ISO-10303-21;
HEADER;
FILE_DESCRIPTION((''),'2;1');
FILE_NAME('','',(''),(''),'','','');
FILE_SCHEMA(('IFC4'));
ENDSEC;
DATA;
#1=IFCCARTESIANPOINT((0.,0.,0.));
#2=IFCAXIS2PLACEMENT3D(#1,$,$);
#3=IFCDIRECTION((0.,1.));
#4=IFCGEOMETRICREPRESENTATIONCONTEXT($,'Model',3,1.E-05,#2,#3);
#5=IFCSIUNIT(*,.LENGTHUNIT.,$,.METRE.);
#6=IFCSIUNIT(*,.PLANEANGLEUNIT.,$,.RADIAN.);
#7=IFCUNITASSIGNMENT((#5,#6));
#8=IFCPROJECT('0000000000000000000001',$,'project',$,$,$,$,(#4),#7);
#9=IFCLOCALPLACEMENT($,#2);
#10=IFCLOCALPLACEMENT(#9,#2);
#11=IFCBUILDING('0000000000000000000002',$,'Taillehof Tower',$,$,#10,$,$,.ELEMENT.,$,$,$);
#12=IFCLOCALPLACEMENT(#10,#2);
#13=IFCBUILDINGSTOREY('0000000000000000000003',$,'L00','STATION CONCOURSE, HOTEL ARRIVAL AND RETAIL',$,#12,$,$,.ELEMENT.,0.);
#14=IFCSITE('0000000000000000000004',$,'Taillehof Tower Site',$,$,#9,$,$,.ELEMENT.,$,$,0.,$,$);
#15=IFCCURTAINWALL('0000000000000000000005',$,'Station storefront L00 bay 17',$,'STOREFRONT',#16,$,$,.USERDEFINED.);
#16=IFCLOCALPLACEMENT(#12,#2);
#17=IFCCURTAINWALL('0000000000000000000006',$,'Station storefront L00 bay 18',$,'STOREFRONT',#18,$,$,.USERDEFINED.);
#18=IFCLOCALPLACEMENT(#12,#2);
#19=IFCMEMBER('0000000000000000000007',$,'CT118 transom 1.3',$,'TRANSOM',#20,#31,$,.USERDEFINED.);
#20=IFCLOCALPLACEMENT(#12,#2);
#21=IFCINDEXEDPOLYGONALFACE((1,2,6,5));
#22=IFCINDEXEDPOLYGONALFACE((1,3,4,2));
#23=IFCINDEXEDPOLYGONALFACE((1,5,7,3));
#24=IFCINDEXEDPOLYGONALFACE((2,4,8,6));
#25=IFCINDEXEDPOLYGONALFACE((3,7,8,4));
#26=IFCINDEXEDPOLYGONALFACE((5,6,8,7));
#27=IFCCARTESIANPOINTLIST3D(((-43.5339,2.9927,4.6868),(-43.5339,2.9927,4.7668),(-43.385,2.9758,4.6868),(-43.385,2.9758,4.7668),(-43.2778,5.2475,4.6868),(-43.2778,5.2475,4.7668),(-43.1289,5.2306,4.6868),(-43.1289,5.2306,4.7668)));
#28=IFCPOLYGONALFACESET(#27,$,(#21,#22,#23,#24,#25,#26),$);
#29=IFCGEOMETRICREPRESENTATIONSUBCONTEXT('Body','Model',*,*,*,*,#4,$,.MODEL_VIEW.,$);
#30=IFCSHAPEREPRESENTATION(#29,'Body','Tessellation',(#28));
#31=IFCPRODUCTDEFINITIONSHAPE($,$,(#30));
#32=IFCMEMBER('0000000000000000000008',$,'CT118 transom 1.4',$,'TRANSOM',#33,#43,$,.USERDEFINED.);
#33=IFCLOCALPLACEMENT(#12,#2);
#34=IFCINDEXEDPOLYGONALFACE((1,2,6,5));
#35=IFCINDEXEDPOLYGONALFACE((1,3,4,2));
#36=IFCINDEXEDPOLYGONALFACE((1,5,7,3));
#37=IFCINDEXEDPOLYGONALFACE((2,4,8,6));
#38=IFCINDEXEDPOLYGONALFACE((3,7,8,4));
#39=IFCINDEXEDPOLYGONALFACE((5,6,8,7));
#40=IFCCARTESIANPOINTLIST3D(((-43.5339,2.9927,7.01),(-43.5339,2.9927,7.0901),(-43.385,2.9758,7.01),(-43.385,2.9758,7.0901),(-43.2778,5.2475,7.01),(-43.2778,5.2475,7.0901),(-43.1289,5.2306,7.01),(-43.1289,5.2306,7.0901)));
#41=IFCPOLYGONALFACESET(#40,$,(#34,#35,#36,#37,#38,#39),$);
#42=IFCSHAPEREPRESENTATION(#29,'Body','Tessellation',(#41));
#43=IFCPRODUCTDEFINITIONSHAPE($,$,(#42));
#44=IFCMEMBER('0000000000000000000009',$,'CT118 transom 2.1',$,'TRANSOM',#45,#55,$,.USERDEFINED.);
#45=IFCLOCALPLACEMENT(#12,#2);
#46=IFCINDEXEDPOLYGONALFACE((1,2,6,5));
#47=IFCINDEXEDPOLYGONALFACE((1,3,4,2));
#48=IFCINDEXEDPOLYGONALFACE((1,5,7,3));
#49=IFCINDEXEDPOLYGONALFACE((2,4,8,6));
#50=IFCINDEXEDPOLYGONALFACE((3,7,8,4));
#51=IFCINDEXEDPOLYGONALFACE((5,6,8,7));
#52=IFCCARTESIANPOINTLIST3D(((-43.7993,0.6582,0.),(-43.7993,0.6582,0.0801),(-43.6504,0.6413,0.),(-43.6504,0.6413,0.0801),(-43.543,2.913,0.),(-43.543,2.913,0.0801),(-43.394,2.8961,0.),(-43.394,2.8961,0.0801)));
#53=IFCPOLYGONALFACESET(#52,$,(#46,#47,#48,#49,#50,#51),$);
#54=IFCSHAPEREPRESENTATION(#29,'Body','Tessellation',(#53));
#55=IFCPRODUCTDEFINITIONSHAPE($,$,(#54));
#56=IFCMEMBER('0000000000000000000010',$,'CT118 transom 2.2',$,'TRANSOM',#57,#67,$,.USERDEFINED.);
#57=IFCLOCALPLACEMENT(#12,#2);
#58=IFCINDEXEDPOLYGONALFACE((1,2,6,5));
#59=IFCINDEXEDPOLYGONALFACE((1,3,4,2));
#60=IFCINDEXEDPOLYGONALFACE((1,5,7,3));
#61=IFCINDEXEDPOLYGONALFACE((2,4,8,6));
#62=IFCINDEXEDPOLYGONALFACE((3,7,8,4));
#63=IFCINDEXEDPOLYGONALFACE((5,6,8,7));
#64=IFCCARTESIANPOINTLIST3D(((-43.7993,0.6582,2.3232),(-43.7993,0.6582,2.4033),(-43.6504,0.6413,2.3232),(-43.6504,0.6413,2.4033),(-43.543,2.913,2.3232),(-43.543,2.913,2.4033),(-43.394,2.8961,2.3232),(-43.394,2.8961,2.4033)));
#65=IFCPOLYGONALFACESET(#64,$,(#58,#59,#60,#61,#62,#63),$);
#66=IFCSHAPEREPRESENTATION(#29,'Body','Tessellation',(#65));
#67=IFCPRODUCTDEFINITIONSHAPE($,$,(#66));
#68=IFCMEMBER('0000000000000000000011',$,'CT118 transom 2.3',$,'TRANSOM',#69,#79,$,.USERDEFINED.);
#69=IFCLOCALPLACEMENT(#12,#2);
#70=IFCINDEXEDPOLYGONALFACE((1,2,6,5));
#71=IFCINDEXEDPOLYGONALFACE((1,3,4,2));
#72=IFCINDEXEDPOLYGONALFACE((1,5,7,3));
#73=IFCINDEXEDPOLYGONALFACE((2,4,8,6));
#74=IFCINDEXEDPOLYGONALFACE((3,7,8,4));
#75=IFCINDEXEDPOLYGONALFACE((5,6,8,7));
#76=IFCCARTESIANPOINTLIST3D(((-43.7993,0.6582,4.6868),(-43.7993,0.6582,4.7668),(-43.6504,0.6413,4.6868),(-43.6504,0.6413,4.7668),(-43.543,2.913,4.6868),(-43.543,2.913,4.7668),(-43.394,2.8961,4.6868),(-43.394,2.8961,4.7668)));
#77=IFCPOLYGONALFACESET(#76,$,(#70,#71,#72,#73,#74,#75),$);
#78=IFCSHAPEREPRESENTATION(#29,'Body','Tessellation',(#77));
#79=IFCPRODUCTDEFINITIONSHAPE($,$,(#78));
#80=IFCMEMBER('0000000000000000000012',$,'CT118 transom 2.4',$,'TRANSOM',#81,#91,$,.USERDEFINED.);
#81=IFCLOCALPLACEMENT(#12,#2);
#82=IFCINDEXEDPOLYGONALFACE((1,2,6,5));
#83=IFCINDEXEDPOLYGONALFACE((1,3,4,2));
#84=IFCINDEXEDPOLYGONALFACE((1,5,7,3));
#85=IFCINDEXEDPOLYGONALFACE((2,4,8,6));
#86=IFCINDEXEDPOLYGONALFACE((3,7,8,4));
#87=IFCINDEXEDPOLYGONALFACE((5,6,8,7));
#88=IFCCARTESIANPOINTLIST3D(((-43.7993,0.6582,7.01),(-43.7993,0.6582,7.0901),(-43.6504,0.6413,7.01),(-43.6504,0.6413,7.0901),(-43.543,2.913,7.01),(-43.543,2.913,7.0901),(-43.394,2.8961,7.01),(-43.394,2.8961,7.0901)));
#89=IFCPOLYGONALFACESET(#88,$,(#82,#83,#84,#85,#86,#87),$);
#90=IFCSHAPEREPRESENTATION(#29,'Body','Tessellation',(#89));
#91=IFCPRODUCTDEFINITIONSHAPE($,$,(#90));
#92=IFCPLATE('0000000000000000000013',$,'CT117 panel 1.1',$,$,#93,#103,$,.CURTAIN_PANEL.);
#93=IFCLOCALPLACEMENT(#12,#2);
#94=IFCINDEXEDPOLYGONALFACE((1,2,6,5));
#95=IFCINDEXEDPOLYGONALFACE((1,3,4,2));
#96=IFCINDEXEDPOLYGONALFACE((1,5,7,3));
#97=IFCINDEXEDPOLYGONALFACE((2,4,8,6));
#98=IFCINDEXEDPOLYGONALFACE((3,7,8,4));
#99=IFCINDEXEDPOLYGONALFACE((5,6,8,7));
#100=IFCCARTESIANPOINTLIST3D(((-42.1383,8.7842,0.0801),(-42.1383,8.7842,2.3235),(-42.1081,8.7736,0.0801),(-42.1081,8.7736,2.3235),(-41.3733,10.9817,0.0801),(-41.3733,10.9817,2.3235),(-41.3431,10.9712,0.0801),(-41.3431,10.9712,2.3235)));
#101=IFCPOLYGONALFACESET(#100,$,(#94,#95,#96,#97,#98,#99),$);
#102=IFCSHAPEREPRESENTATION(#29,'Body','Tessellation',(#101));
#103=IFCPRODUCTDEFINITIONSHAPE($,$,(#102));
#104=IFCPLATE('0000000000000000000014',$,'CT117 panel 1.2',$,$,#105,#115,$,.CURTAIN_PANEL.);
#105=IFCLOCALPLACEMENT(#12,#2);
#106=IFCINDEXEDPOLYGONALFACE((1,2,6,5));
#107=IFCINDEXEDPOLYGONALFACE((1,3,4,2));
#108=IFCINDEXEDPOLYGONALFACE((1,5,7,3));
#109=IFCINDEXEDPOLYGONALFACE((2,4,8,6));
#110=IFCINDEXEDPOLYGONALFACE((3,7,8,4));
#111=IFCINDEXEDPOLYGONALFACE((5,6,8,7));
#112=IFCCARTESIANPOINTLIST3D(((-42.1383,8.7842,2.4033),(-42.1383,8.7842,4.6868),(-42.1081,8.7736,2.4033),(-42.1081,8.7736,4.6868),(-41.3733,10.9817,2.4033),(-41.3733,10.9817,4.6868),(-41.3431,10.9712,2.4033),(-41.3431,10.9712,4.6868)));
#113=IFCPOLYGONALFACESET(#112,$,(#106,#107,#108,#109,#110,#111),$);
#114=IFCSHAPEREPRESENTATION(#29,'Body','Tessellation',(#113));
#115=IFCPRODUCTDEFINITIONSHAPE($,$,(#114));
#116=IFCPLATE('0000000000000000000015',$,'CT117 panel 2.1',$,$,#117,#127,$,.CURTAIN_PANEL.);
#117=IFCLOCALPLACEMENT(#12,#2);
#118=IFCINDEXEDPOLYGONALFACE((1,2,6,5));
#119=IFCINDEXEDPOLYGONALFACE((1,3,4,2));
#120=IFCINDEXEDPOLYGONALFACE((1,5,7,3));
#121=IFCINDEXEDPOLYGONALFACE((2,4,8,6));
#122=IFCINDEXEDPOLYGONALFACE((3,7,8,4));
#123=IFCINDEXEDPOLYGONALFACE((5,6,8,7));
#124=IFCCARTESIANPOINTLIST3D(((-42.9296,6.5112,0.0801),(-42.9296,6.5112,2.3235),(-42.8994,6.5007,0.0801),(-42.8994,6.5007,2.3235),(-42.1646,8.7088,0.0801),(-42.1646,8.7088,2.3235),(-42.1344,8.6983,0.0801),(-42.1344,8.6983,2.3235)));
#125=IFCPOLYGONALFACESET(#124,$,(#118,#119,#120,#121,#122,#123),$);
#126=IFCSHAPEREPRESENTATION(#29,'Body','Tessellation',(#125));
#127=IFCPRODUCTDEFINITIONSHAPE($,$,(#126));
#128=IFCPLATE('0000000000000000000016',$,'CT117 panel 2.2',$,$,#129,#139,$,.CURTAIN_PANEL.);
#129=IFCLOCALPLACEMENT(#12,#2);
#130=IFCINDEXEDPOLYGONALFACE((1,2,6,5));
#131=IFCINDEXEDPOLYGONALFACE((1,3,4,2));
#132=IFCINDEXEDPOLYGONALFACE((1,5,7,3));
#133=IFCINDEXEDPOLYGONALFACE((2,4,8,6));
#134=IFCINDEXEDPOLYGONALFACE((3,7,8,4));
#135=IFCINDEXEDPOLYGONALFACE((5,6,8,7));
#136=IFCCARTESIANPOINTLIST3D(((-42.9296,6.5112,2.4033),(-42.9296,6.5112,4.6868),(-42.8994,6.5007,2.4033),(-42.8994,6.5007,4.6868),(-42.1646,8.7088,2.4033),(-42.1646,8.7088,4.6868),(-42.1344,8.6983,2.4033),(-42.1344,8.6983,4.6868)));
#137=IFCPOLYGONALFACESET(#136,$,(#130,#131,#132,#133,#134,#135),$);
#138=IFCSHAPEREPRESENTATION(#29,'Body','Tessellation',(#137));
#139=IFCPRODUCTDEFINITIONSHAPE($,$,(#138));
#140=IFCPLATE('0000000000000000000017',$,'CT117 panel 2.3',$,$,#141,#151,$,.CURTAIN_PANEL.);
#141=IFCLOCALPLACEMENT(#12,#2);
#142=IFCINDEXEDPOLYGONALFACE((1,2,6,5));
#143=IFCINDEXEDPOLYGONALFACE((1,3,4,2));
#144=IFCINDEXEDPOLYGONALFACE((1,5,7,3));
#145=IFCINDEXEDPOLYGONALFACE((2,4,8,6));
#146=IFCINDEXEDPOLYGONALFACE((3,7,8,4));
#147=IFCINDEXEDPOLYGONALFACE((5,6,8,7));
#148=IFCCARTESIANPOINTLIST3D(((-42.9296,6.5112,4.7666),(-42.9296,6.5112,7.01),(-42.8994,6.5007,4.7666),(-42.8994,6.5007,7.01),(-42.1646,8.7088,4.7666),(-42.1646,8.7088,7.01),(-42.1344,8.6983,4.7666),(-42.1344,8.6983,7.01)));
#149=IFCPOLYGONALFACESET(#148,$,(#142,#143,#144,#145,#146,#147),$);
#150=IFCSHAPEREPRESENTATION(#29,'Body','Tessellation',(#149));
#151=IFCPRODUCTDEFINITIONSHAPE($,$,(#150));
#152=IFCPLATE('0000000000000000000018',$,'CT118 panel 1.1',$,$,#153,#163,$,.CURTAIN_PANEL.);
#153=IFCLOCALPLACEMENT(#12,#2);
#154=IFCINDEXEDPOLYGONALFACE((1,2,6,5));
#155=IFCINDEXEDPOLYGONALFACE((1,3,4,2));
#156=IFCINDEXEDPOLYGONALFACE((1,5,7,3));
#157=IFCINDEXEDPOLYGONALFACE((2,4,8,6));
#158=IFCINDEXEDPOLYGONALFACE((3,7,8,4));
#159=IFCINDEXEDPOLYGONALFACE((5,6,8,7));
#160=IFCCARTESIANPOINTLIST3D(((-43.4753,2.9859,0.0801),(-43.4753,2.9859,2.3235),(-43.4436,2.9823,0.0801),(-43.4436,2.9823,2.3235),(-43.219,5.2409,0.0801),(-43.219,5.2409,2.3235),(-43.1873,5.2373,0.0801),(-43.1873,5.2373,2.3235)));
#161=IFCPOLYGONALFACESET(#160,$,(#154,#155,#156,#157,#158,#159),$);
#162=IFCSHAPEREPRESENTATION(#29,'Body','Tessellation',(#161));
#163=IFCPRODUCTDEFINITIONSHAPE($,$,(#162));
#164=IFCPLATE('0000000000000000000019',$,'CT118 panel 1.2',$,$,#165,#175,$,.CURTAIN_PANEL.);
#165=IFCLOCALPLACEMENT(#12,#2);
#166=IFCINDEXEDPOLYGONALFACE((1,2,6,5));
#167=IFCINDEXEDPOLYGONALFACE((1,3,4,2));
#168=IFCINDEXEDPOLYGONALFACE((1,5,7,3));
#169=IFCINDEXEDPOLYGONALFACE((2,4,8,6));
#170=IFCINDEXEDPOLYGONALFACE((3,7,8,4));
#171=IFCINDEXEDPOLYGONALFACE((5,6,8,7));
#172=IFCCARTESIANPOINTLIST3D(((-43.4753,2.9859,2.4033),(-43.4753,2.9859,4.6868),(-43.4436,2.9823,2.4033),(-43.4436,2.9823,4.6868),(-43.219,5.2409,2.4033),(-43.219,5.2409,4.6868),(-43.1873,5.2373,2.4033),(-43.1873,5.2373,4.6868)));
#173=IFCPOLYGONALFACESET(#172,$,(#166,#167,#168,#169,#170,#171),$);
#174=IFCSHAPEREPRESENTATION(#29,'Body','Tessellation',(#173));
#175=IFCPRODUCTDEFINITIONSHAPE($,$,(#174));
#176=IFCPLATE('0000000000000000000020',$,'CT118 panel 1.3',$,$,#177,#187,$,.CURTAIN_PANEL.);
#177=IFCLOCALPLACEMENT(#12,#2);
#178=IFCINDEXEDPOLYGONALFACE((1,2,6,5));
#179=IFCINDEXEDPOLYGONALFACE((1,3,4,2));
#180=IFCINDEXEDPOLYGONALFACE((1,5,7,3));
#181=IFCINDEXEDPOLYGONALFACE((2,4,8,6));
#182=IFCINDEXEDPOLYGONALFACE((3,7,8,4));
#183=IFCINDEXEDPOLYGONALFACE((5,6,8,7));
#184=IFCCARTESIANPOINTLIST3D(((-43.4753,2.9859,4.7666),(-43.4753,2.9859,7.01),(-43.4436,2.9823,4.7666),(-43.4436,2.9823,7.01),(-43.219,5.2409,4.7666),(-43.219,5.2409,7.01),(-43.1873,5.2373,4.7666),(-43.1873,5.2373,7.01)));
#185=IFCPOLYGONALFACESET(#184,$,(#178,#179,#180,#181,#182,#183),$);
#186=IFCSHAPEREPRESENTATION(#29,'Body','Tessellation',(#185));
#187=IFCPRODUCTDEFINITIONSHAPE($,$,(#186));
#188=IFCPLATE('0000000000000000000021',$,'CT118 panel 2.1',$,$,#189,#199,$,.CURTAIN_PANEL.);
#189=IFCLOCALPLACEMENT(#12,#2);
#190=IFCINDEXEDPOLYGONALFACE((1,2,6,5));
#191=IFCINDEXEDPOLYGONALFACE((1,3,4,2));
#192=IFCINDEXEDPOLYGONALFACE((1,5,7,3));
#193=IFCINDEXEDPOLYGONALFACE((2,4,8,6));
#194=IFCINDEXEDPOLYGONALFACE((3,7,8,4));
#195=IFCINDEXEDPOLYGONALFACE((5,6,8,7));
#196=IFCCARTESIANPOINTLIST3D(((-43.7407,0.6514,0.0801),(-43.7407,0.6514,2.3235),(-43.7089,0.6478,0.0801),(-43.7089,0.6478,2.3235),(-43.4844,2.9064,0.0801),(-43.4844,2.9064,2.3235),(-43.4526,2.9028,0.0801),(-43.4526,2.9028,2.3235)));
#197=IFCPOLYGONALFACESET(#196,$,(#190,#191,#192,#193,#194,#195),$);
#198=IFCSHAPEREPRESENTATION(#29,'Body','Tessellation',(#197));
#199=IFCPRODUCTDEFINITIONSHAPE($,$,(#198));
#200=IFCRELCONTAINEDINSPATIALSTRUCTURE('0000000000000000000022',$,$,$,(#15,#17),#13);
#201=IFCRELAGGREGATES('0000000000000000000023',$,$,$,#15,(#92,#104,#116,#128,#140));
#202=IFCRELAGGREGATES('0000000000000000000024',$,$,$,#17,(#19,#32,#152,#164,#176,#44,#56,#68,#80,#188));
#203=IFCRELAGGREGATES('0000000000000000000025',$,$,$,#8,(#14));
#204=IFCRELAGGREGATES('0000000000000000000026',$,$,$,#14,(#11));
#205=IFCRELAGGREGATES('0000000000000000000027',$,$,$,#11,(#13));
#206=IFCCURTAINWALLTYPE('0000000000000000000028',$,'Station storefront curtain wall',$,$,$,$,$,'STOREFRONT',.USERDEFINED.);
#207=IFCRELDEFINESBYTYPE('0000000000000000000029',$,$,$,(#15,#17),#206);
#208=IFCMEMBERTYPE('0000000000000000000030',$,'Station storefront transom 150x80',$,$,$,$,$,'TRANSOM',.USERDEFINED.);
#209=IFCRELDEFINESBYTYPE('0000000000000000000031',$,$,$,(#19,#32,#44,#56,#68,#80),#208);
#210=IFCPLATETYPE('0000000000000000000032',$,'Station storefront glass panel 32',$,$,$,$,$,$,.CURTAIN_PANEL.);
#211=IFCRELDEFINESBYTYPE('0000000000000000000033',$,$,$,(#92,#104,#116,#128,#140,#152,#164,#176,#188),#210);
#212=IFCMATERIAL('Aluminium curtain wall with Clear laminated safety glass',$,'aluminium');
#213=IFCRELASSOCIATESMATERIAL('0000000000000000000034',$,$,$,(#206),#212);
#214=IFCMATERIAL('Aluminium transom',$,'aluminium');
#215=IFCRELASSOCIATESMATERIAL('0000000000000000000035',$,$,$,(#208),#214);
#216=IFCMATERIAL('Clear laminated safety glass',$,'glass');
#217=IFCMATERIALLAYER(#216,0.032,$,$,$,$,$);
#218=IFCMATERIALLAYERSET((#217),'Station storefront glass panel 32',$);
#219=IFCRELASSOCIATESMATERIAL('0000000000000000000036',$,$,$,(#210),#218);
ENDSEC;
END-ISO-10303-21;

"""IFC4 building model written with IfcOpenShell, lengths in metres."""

from ifc_helpers import new_model, si_unit, direction, frame, origin, origin_2d, place, context, subcontext, project, spatial, rectangle, extrude, material, layer, layer_set, material_profile, profile_set, type_object, element, aggregate, save


model = new_model("IFC4")

# Units and contexts
model_context = context("Model", 3, precision=1e-05, world=origin(), true_north=direction((0.0, 1.0)))
body_context = subcontext(model_context, "Body", "Model", "MODEL_VIEW")
ifc_project = project(units=[si_unit("LENGTHUNIT", "METRE"), si_unit("PLANEANGLEUNIT", "RADIAN")], contexts=[model_context])

# Site, building, storey
site_placement = place(None, origin())
site = spatial("IfcSite", under=ifc_project, at=site_placement, Name="Taillehof Tower Site", CompositionType="ELEMENT", RefElevation=0.0)
building_placement = place(site_placement, origin())
building = spatial("IfcBuilding", under=site, at=building_placement, Name="Taillehof Tower", CompositionType="ELEMENT")
storey_placement = place(building_placement, origin())
storey = spatial("IfcBuildingStorey", under=building, at=storey_placement, Name="L00", Description="STATION CONCOURSE, HOTEL ARRIVAL AND RETAIL", CompositionType="ELEMENT", Elevation=0.0)

# Curtain walls
ifc_material_1 = material(Name="Aluminium curtain wall with Clear laminated safety glass", Category="aluminium")
curtain_wall_type = type_object("IfcCurtainWallType", Name="Station storefront curtain wall", ElementType="STOREFRONT", PredefinedType="USERDEFINED", material=ifc_material_1)
curtain_wall_1_placement = place(storey_placement, origin())
curtain_wall_1 = element("IfcCurtainWall", 1, at=curtain_wall_1_placement, inside=storey, type_object=curtain_wall_type, Name="Station storefront L00 bay 17", ObjectType="STOREFRONT", PredefinedType="USERDEFINED")
curtain_wall_2_placement = place(storey_placement, origin())
curtain_wall_2 = element("IfcCurtainWall", 2, at=curtain_wall_2_placement, inside=storey, type_object=curtain_wall_type, Name="Station storefront L00 bay 18", ObjectType="STOREFRONT", PredefinedType="USERDEFINED")

# Members
ifc_material_2 = material(Name="Aluminium transom", Category="aluminium")
ifc_material_profile_1 = material_profile(ifc_material_2, rectangle(XDim=0.1499, YDim=0.0801, at=origin_2d()), Name="AL 150x80")
ifc_profile_set_1 = profile_set([ifc_material_profile_1], Name="Aluminium transom")
member_type_1 = type_object("IfcMemberType", Name="Station storefront transom 150x80", ElementType="TRANSOM", PredefinedType="USERDEFINED", material=ifc_profile_set_1)
member_1_placement = place(storey_placement, frame((-43.2034, 5.239, 4.7268), z_axis=(-0.112852, -0.993612, 0.0), x_axis=(0.993612, -0.112852, 0.0)))
member_1 = element("IfcMember", 3, at=member_1_placement, type_object=member_type_1, Name="CT118 transom 1.3", ObjectType="TRANSOM", PredefinedType="USERDEFINED", context=body_context, shape_type="SweptSolid", body=[
    extrude(rectangle(XDim=0.1499, YDim=0.0801, at=origin_2d()), origin(), (0.0, 0.0, 1.0), 2.2693),
])
member_2_placement = place(storey_placement, frame((-43.2034, 5.239, 7.05), z_axis=(-0.112852, -0.993612, 0.0), x_axis=(0.993612, -0.112852, 0.0)))
member_2 = element("IfcMember", 4, at=member_2_placement, type_object=member_type_1, Name="CT118 transom 1.4", ObjectType="TRANSOM", PredefinedType="USERDEFINED", context=body_context, shape_type="SweptSolid", body=[
    extrude(rectangle(XDim=0.1499, YDim=0.0801, at=origin_2d()), origin(), (0.0, 0.0, 1.0), 2.2693),
])
member_3_placement = place(storey_placement, frame((-43.4685, 2.9045, 0.04), z_axis=(-0.112958, -0.9936, 0.0), x_axis=(0.9936, -0.112958, 0.0)))
member_3 = element("IfcMember", 5, at=member_3_placement, type_object=member_type_1, Name="CT118 transom 2.1", ObjectType="TRANSOM", PredefinedType="USERDEFINED", context=body_context, shape_type="SweptSolid", body=[
    extrude(rectangle(XDim=0.1499, YDim=0.0801, at=origin_2d()), origin(), (0.0, 0.0, 1.0), 2.2693),
])
member_4_placement = place(storey_placement, frame((-43.4685, 2.9045, 2.3633), z_axis=(-0.112958, -0.9936, 0.0), x_axis=(0.9936, -0.112958, 0.0)))
member_4 = element("IfcMember", 6, at=member_4_placement, type_object=member_type_1, Name="CT118 transom 2.2", ObjectType="TRANSOM", PredefinedType="USERDEFINED", context=body_context, shape_type="SweptSolid", body=[
    extrude(rectangle(XDim=0.1499, YDim=0.0801, at=origin_2d()), origin(), (0.0, 0.0, 1.0), 2.2693),
])
member_5_placement = place(storey_placement, frame((-43.4685, 2.9045, 4.7268), z_axis=(-0.112958, -0.9936, 0.0), x_axis=(0.9936, -0.112958, 0.0)))
member_5 = element("IfcMember", 7, at=member_5_placement, type_object=member_type_1, Name="CT118 transom 2.3", ObjectType="TRANSOM", PredefinedType="USERDEFINED", context=body_context, shape_type="SweptSolid", body=[
    extrude(rectangle(XDim=0.1499, YDim=0.0801, at=origin_2d()), origin(), (0.0, 0.0, 1.0), 2.2693),
])
member_6_placement = place(storey_placement, frame((-43.4685, 2.9045, 7.05), z_axis=(-0.112958, -0.9936, 0.0), x_axis=(0.9936, -0.112958, 0.0)))
member_6 = element("IfcMember", 8, at=member_6_placement, type_object=member_type_1, Name="CT118 transom 2.4", ObjectType="TRANSOM", PredefinedType="USERDEFINED", context=body_context, shape_type="SweptSolid", body=[
    extrude(rectangle(XDim=0.1499, YDim=0.0801, at=origin_2d()), origin(), (0.0, 0.0, 1.0), 2.2693),
])

# Plates
ifc_material_3 = material(Name="Clear laminated safety glass", Category="glass")
ifc_layer_1 = layer(ifc_material_3, 0.032)
ifc_layer_set_1 = layer_set([ifc_layer_1], Name="Station storefront glass panel 32")
plate_type = type_object("IfcPlateType", Name="Station storefront glass panel 32", PredefinedType="CURTAIN_PANEL", material=ifc_layer_set_1)
plate_1_placement = place(storey_placement, frame((-41.7407, 9.8777, 0.0801), z_axis=(0.0, 0.0, 1.0), x_axis=(-0.328758, -0.944414, 0.0)))
plate_1 = element("IfcPlate", 9, at=plate_1_placement, type_object=plate_type, Name="CT117 panel 1.1", PredefinedType="CURTAIN_PANEL", context=body_context, shape_type="SweptSolid", body=[
    extrude(rectangle(XDim=2.3269, YDim=0.032, at=origin_2d()), origin(), (0.0, 0.0, 1.0), 2.2434),
])
plate_2_placement = place(storey_placement, frame((-41.7407, 9.8777, 2.4033), z_axis=(0.0, 0.0, 1.0), x_axis=(-0.328758, -0.944414, 0.0)))
plate_2 = element("IfcPlate", 10, at=plate_2_placement, type_object=plate_type, Name="CT117 panel 1.2", PredefinedType="CURTAIN_PANEL", context=body_context, shape_type="SweptSolid", body=[
    extrude(rectangle(XDim=2.3269, YDim=0.032, at=origin_2d()), origin(), (0.0, 0.0, 1.0), 2.2834),
])
plate_3_placement = place(storey_placement, frame((-42.532, 7.6047, 0.0801), z_axis=(0.0, 0.0, 1.0), x_axis=(-0.328758, -0.944414, 0.0)))
plate_3 = element("IfcPlate", 11, at=plate_3_placement, type_object=plate_type, Name="CT117 panel 2.1", PredefinedType="CURTAIN_PANEL", context=body_context, shape_type="SweptSolid", body=[
    extrude(rectangle(XDim=2.3269, YDim=0.032, at=origin_2d()), origin(), (0.0, 0.0, 1.0), 2.2434),
])
plate_4_placement = place(storey_placement, frame((-42.532, 7.6047, 2.4033), z_axis=(0.0, 0.0, 1.0), x_axis=(-0.328758, -0.944414, 0.0)))
plate_4 = element("IfcPlate", 12, at=plate_4_placement, type_object=plate_type, Name="CT117 panel 2.2", PredefinedType="CURTAIN_PANEL", context=body_context, shape_type="SweptSolid", body=[
    extrude(rectangle(XDim=2.3269, YDim=0.032, at=origin_2d()), origin(), (0.0, 0.0, 1.0), 2.2834),
])
plate_5_placement = place(storey_placement, frame((-42.532, 7.6047, 4.7666), z_axis=(0.0, 0.0, 1.0), x_axis=(-0.328758, -0.944414, 0.0)))
plate_5 = element("IfcPlate", 13, at=plate_5_placement, type_object=plate_type, Name="CT117 panel 2.3", PredefinedType="CURTAIN_PANEL", context=body_context, shape_type="SweptSolid", body=[
    extrude(rectangle(XDim=2.3269, YDim=0.032, at=origin_2d()), origin(), (0.0, 0.0, 1.0), 2.2434),
])
aggregate(curtain_wall_1, [plate_1, plate_2, plate_3, plate_4, plate_5])
plate_6_placement = place(storey_placement, frame((-43.3313, 4.1116, 0.0801), z_axis=(0.0, 0.0, 1.0), x_axis=(-0.112932, -0.993603, 0.0)))
plate_6 = element("IfcPlate", 14, at=plate_6_placement, type_object=plate_type, Name="CT118 panel 1.1", PredefinedType="CURTAIN_PANEL", context=body_context, shape_type="SweptSolid", body=[
    extrude(rectangle(XDim=2.2695, YDim=0.032, at=origin_2d()), origin(), (0.0, 0.0, 1.0), 2.2434),
])
plate_7_placement = place(storey_placement, frame((-43.3313, 4.1116, 2.4033), z_axis=(0.0, 0.0, 1.0), x_axis=(-0.112932, -0.993603, 0.0)))
plate_7 = element("IfcPlate", 15, at=plate_7_placement, type_object=plate_type, Name="CT118 panel 1.2", PredefinedType="CURTAIN_PANEL", context=body_context, shape_type="SweptSolid", body=[
    extrude(rectangle(XDim=2.2695, YDim=0.032, at=origin_2d()), origin(), (0.0, 0.0, 1.0), 2.2834),
])
plate_8_placement = place(storey_placement, frame((-43.3313, 4.1116, 4.7666), z_axis=(0.0, 0.0, 1.0), x_axis=(-0.112932, -0.993603, 0.0)))
plate_8 = element("IfcPlate", 16, at=plate_8_placement, type_object=plate_type, Name="CT118 panel 1.3", PredefinedType="CURTAIN_PANEL", context=body_context, shape_type="SweptSolid", body=[
    extrude(rectangle(XDim=2.2695, YDim=0.032, at=origin_2d()), origin(), (0.0, 0.0, 1.0), 2.2434),
])
plate_9_placement = place(storey_placement, frame((-43.5967, 1.7771, 0.0801), z_axis=(0.0, 0.0, 1.0), x_axis=(-0.112932, -0.993603, 0.0)))
plate_9 = element("IfcPlate", 17, at=plate_9_placement, type_object=plate_type, Name="CT118 panel 2.1", PredefinedType="CURTAIN_PANEL", context=body_context, shape_type="SweptSolid", body=[
    extrude(rectangle(XDim=2.2695, YDim=0.032, at=origin_2d()), origin(), (0.0, 0.0, 1.0), 2.2434),
])
aggregate(curtain_wall_2, [member_1, member_2, plate_6, plate_7, plate_8, member_3, member_4, member_5, member_6, plate_9])

save(model, "model.ifc")
